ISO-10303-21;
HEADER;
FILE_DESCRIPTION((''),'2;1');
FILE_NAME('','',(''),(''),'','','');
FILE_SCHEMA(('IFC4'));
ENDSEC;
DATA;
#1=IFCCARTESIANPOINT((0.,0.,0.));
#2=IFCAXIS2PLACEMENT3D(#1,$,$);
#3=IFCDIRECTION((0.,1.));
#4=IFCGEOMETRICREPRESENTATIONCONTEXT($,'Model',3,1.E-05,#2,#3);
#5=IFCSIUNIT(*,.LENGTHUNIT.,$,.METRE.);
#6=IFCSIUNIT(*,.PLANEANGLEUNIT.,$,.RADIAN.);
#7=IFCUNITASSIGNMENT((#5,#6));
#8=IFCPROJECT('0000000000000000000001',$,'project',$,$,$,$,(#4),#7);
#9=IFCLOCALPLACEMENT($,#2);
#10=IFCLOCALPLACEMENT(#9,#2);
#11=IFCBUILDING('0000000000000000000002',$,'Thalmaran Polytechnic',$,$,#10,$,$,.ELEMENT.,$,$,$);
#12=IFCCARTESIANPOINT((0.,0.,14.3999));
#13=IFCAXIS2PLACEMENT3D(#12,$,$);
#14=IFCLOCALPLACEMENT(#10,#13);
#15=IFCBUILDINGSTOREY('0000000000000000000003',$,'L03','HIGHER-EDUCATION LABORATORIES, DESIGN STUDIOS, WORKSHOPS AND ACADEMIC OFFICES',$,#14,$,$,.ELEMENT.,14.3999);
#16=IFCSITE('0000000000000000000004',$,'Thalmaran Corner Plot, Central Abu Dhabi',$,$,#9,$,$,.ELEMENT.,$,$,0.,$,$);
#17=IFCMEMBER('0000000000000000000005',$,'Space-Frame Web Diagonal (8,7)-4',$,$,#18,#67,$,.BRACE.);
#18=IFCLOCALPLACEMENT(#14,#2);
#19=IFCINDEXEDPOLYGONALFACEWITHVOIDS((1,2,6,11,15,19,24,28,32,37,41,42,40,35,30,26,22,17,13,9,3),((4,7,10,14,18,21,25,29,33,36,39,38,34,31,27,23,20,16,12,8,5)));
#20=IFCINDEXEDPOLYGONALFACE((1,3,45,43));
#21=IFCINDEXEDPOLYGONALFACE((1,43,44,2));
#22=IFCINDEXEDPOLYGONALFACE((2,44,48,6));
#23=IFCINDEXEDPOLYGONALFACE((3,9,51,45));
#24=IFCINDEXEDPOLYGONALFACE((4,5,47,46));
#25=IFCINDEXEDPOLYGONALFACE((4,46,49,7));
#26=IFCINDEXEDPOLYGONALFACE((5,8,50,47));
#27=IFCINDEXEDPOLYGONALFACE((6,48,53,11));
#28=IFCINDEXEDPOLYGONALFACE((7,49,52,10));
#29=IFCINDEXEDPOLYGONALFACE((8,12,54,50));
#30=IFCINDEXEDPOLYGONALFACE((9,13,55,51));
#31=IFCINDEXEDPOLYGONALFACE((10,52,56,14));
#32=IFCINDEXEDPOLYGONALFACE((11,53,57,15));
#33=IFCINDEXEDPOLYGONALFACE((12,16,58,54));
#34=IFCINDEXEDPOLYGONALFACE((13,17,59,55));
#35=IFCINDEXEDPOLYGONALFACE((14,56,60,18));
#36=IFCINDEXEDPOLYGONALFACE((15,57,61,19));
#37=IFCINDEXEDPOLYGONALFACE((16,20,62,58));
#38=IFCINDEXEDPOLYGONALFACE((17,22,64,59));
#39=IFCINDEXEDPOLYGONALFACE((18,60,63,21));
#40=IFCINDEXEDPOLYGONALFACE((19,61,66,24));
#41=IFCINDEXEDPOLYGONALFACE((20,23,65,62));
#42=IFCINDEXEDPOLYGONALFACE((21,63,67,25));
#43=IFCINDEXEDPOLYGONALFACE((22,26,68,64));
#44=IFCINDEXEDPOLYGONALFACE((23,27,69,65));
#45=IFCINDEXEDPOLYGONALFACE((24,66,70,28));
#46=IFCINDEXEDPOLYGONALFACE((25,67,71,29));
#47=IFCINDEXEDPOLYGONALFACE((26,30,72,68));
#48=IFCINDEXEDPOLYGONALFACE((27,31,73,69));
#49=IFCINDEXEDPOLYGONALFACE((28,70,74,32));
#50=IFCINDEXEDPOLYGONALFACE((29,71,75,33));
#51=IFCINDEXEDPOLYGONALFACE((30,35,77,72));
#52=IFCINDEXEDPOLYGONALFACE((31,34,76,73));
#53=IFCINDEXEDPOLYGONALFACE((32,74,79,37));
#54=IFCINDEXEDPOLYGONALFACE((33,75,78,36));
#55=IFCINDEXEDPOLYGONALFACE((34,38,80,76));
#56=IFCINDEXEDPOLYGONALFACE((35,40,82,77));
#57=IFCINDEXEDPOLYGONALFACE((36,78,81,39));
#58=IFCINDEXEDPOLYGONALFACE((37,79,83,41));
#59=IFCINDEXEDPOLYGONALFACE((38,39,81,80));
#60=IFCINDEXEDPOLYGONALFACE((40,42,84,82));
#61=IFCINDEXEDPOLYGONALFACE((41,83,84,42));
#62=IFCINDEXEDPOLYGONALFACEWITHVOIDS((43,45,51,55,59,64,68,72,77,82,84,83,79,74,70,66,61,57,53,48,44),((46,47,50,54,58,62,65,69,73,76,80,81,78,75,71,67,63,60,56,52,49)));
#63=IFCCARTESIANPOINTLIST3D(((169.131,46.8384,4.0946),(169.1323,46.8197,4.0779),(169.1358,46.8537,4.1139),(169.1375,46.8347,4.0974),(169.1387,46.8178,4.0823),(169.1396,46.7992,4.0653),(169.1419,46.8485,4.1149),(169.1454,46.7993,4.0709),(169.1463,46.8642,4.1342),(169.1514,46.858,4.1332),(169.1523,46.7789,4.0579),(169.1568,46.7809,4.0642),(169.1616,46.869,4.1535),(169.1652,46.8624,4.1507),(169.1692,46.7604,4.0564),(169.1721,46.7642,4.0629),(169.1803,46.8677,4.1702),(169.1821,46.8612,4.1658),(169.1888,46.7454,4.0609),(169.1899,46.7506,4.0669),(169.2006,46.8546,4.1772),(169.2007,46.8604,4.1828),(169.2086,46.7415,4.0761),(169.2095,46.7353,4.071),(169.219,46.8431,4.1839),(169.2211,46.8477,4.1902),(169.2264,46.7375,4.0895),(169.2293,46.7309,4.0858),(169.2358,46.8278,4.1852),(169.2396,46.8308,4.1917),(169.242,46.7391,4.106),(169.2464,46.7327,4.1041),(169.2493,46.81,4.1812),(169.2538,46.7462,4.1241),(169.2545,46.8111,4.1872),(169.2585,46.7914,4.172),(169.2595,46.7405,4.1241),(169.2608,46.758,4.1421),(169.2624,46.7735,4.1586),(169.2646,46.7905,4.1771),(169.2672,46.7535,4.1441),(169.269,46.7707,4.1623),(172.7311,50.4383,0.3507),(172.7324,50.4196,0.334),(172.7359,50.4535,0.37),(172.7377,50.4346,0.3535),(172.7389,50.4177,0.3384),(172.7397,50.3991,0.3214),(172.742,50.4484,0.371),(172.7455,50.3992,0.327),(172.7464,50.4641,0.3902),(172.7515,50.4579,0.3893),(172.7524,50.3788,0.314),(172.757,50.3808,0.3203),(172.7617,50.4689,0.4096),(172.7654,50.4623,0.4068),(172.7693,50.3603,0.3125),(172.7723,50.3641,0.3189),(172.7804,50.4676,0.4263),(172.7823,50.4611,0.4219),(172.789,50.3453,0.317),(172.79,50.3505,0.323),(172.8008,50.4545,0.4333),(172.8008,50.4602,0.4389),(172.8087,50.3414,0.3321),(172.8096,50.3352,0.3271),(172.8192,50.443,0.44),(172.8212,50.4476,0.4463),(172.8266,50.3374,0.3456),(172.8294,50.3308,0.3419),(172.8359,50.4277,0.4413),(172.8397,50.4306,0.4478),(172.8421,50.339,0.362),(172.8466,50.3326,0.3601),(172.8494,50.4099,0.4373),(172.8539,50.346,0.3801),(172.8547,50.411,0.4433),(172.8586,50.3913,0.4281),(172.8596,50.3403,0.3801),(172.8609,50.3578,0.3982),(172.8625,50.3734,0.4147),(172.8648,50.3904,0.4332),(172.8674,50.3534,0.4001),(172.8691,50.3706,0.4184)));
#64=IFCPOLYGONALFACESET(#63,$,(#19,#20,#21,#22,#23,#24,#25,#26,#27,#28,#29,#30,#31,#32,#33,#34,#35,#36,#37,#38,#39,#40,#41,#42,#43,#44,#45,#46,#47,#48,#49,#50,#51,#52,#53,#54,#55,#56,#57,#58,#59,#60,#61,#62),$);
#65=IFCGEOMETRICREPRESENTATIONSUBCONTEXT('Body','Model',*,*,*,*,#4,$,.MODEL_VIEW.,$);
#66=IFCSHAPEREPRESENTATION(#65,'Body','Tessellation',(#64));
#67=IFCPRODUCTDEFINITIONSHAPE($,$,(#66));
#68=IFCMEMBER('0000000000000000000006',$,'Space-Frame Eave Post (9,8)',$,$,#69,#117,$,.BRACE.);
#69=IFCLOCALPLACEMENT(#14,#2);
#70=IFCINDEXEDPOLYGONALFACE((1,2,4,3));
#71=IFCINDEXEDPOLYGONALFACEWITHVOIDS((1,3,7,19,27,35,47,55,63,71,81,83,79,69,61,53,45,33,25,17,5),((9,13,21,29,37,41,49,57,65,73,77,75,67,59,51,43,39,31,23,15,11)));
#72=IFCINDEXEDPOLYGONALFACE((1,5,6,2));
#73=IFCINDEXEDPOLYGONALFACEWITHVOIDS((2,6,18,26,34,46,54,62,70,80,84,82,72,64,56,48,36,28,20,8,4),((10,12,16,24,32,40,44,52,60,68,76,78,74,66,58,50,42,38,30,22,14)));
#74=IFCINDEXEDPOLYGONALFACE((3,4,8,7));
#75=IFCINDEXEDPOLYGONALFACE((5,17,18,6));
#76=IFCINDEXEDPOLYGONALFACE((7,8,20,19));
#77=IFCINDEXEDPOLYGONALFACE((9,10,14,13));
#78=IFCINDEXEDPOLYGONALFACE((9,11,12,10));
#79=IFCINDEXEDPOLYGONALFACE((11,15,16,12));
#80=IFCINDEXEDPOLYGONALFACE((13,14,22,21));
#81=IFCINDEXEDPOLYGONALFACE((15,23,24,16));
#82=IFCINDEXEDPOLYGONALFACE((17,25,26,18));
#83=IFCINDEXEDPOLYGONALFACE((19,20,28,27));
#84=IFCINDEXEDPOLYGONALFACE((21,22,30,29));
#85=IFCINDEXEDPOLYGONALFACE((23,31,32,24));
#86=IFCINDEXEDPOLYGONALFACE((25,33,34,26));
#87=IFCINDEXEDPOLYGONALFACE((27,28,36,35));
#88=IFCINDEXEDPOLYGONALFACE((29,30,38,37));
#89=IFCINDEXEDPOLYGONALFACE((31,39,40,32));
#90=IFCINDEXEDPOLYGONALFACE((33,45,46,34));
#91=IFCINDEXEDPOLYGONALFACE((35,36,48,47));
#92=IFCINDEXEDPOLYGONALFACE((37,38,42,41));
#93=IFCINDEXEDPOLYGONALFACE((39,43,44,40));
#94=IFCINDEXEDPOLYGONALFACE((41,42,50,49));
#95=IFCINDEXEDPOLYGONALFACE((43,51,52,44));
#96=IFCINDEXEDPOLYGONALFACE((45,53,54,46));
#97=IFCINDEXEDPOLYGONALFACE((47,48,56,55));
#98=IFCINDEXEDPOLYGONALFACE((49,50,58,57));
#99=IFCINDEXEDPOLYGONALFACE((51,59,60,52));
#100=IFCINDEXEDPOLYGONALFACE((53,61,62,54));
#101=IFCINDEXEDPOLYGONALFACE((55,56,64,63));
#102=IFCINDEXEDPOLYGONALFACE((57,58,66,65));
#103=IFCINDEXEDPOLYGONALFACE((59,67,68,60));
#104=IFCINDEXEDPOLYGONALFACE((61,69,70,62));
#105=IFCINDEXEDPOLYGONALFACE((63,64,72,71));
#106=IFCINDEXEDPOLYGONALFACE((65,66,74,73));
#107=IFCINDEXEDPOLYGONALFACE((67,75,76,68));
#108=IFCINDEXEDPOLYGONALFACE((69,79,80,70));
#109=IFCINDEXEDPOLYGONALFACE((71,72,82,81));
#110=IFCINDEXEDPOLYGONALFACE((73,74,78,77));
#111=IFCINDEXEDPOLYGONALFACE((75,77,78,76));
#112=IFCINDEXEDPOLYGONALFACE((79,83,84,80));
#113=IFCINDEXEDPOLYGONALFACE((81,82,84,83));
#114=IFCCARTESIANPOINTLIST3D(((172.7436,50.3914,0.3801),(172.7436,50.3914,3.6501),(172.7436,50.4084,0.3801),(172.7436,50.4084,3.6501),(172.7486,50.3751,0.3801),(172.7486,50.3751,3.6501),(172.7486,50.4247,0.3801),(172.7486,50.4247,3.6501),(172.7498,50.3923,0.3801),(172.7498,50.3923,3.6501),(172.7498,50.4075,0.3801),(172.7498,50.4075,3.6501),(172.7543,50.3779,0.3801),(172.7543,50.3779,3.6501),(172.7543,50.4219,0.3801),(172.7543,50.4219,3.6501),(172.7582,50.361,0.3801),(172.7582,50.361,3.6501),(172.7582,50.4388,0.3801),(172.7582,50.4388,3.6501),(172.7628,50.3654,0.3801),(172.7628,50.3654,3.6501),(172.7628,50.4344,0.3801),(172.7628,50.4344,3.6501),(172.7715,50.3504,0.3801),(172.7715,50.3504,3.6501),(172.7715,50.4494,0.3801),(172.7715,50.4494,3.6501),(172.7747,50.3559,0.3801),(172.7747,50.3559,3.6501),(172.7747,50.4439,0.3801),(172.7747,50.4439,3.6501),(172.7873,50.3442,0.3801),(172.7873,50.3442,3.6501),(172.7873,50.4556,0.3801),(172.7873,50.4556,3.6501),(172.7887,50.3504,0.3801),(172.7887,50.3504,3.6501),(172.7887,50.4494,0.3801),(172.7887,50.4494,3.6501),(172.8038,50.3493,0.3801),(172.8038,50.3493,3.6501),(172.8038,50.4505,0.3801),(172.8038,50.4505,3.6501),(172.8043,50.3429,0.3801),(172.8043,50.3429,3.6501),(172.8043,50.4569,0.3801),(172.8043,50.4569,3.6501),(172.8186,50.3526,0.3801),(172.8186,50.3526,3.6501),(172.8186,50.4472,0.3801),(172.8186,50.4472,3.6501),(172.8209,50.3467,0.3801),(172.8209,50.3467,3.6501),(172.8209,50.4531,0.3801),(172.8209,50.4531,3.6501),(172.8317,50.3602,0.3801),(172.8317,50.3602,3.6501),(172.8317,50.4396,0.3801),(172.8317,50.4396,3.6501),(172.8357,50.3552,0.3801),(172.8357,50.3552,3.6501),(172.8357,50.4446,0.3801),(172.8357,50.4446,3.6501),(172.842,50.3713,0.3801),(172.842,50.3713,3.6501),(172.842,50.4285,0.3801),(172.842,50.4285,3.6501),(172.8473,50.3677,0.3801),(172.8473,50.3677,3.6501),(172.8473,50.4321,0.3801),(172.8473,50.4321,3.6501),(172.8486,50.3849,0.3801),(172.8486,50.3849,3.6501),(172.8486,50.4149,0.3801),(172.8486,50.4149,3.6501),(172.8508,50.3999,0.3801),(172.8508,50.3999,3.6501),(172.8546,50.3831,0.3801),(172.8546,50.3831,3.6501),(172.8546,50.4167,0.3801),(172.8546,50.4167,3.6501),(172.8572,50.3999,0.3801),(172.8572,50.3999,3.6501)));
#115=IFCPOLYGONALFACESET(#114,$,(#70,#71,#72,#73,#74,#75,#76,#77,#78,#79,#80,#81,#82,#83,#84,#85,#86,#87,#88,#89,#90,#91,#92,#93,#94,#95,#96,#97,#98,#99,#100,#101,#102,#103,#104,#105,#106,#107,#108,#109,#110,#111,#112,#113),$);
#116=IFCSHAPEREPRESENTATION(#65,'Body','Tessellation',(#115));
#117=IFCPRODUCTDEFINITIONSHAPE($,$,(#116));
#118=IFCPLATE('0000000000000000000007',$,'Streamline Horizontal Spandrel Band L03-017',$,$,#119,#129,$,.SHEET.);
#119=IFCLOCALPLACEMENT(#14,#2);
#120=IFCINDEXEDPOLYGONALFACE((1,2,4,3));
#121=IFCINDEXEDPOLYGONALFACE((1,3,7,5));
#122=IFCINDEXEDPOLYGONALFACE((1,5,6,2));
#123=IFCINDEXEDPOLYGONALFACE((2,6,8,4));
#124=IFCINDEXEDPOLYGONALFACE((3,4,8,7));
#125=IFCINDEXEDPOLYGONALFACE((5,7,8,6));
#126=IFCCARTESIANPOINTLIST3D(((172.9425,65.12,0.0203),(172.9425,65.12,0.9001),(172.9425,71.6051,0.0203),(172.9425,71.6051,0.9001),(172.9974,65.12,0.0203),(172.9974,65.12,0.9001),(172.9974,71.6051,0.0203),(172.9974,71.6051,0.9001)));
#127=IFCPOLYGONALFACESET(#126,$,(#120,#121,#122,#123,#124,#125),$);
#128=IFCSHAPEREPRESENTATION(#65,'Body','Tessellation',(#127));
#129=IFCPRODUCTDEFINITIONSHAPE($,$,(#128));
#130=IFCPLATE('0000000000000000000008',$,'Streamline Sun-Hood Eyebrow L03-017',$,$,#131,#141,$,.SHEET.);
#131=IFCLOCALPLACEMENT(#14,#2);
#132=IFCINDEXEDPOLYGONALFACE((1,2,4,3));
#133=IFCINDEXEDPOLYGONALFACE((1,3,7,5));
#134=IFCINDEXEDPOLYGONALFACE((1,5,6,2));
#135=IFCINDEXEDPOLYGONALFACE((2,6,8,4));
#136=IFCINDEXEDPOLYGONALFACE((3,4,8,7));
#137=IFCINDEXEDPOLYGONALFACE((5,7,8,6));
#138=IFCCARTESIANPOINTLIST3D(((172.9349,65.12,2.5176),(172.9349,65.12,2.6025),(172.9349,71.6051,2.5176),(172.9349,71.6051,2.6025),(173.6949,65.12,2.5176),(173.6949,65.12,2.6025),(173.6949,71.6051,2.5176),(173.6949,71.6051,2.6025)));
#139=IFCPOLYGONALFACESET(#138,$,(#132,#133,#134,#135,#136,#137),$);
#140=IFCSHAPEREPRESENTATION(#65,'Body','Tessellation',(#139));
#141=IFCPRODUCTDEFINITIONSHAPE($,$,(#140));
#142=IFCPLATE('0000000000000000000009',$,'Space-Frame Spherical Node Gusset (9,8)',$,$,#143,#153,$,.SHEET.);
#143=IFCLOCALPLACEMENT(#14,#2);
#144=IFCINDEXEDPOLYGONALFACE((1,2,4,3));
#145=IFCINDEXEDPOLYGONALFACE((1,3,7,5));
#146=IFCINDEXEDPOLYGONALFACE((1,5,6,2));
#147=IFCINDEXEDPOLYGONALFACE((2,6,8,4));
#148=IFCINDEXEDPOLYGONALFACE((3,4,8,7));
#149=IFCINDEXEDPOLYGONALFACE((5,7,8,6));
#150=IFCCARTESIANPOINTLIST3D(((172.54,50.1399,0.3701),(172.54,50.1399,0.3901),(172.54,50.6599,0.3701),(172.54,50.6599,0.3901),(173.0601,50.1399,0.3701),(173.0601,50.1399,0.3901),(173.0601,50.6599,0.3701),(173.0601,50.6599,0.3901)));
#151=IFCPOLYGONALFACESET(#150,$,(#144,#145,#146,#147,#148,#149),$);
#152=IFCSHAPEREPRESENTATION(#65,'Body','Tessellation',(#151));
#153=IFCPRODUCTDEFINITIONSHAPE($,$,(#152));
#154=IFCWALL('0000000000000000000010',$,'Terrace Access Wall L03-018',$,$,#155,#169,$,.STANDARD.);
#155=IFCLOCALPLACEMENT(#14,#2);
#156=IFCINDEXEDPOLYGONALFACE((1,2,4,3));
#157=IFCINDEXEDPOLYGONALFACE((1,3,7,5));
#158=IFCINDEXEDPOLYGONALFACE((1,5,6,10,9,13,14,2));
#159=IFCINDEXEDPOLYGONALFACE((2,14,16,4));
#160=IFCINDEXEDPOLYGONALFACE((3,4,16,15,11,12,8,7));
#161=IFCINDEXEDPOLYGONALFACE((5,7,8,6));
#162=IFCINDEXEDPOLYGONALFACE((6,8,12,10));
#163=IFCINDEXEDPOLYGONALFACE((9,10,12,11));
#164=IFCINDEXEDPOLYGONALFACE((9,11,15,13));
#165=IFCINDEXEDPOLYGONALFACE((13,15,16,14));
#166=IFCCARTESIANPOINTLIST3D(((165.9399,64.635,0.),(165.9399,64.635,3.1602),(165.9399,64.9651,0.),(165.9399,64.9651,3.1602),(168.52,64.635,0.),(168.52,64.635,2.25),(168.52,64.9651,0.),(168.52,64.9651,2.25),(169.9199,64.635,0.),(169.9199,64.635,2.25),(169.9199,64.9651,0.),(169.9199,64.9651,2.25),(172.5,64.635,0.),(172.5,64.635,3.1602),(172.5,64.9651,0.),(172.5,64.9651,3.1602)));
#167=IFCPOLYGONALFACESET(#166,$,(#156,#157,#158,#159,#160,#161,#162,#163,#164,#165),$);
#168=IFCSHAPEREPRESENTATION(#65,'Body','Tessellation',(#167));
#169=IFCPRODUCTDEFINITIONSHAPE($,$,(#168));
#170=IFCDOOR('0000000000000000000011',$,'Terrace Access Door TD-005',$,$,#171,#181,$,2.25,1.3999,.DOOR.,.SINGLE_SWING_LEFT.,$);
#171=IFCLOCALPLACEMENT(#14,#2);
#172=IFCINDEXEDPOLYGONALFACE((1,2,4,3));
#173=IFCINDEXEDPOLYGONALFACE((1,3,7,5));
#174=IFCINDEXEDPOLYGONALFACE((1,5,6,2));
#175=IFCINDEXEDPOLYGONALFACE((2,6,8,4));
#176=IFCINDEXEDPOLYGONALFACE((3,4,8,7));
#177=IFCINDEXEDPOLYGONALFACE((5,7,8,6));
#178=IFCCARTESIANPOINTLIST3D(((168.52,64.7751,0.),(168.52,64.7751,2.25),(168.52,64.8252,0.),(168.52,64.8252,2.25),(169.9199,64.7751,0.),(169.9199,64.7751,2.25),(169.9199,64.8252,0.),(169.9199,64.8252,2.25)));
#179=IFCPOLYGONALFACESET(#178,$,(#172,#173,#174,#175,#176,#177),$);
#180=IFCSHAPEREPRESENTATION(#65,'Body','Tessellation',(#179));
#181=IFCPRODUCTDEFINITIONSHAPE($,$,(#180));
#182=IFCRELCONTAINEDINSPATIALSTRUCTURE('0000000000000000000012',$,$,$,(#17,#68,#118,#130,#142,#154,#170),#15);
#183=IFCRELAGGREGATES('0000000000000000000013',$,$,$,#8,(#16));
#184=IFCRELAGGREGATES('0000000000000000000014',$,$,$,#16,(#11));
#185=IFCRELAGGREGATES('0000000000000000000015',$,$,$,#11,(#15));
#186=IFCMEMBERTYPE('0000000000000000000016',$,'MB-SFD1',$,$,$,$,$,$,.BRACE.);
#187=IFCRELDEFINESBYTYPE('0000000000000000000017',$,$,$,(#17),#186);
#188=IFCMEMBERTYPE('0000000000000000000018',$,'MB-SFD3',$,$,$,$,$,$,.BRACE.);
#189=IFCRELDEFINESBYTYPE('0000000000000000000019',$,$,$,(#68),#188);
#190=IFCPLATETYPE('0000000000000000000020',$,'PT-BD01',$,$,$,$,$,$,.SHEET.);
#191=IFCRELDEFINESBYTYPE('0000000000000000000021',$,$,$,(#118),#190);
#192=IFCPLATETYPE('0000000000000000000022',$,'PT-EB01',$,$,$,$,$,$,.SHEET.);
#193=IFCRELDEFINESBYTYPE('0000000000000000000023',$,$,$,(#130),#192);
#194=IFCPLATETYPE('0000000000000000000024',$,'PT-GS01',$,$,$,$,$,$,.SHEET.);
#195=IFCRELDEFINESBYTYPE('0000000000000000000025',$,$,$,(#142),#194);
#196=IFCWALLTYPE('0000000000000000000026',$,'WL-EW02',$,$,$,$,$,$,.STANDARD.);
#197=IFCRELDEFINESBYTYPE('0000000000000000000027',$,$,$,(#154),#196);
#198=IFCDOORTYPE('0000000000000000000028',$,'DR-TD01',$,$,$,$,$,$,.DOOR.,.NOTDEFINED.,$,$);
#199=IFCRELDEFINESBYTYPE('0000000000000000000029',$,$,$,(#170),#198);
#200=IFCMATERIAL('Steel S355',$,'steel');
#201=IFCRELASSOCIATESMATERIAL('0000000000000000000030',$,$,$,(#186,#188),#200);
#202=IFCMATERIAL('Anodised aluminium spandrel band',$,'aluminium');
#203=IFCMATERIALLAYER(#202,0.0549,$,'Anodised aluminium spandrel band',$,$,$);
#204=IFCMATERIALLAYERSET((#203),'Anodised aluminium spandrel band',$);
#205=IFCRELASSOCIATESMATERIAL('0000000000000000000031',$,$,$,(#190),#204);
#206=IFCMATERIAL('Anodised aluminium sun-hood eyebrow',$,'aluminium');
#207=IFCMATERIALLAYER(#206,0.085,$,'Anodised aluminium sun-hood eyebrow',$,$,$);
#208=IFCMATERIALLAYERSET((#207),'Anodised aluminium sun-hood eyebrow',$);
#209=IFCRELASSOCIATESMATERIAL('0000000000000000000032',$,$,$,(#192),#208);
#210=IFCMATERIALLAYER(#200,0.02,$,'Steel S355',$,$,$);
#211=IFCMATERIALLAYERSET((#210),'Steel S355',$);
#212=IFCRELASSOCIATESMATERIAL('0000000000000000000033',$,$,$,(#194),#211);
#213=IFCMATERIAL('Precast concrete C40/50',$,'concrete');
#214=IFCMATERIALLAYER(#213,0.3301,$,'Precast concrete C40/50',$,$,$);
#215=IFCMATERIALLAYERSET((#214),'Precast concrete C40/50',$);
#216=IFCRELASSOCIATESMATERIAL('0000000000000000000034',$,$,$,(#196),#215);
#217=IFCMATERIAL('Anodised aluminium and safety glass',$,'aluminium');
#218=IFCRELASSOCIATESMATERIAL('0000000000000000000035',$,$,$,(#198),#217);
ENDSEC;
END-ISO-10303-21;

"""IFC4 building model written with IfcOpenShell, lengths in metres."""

from ifc_helpers import new_model, si_unit, direction, frame, frame_2d, origin, origin_2d, place, context, subcontext, project, spatial, rectangle, hollow_circle, extrude, material, layer, layer_set, material_profile, profile_set, type_object, element, fill, save


model = new_model("IFC4")

# Units and contexts
model_context = context("Model", 3, precision=1e-05, world=origin(), true_north=direction((0.0, 1.0)))
body_context = subcontext(model_context, "Body", "Model", "MODEL_VIEW")
ifc_project = project(units=[si_unit("LENGTHUNIT", "METRE"), si_unit("PLANEANGLEUNIT", "RADIAN")], contexts=[model_context])

# Site, building, storey
site_placement = place(None, origin())
site = spatial("IfcSite", under=ifc_project, at=site_placement, Name="Thalmaran Corner Plot, Central Abu Dhabi", CompositionType="ELEMENT", RefElevation=0.0)
building_placement = place(site_placement, origin())
building = spatial("IfcBuilding", under=site, at=building_placement, Name="Thalmaran Polytechnic", CompositionType="ELEMENT")
storey_placement = place(building_placement, frame((0.0, 0.0, 14.3999)))
storey = spatial("IfcBuildingStorey", under=building, at=storey_placement, Name="L03", Description="HIGHER-EDUCATION LABORATORIES, DESIGN STUDIOS, WORKSHOPS AND ACADEMIC OFFICES", CompositionType="ELEMENT", Elevation=14.3999)

# Shared definitions
ifc_material_1 = material(Name="Steel S355", Category="steel")

# Members
ifc_material_profile_1 = material_profile(ifc_material_1, hollow_circle(Radius=0.0842, WallThickness=0.0081, at=origin_2d()), Name="CHS 168.3x8.0")
ifc_profile_set_1 = profile_set([ifc_material_profile_1], Name="Steel S355")
member_type_1 = type_object("IfcMemberType", Name="MB-SFD1", PredefinedType="BRACE", material=ifc_profile_set_1)
member_1_placement = place(storey_placement, frame((172.8, 50.3999, 0.3801), z_axis=(-0.569678, -0.56964, 0.592433), x_axis=(0.707083, -0.707131, 0.0)))
element("IfcMember", 1, at=member_1_placement, inside=storey, type_object=member_type_1, Name="Space-Frame Web Diagonal (8,7)-4", PredefinedType="BRACE", context=body_context, shape_type="SweptSolid", body=[
    extrude(hollow_circle(Radius=0.0842, WallThickness=0.0081, at=origin_2d()), origin(), (0.0, 0.0, 1.0), 6.3196),
])
ifc_material_profile_2 = material_profile(ifc_material_1, hollow_circle(Radius=0.0571, WallThickness=0.0063, at=origin_2d()), Name="CHS 114.3x6.3")
ifc_profile_set_2 = profile_set([ifc_material_profile_2], Name="Steel S355")
member_type_2 = type_object("IfcMemberType", Name="MB-SFD3", PredefinedType="BRACE", material=ifc_profile_set_2)
member_2_placement = place(storey_placement, frame((172.8, 50.3999, 0.3801), z_axis=(0.0, 0.0, 1.0), x_axis=(1.0, 0.0, 0.0)))
element("IfcMember", 2, at=member_2_placement, inside=storey, type_object=member_type_2, Name="Space-Frame Eave Post (9,8)", PredefinedType="BRACE", context=body_context, shape_type="SweptSolid", body=[
    extrude(hollow_circle(Radius=0.0571, WallThickness=0.0063, at=origin_2d()), origin(), (0.0, 0.0, 1.0), 3.27),
])

# Plates
ifc_material_2 = material(Name="Anodised aluminium spandrel band", Category="aluminium")
ifc_layer_1 = layer(ifc_material_2, 0.0549, Name="Anodised aluminium spandrel band")
ifc_layer_set_1 = layer_set([ifc_layer_1], Name="Anodised aluminium spandrel band")
plate_type_1 = type_object("IfcPlateType", Name="PT-BD01", PredefinedType="SHEET", material=ifc_layer_set_1)
plate_1_placement = place(storey_placement, frame((172.97, 68.3625, 0.0203), z_axis=(0.0, 0.0, 1.0), x_axis=(0.0, -1.0, 0.0)))
element("IfcPlate", 3, at=plate_1_placement, inside=storey, type_object=plate_type_1, Name="Streamline Horizontal Spandrel Band L03-017", PredefinedType="SHEET", context=body_context, shape_type="SweptSolid", body=[
    extrude(rectangle(XDim=6.4851, YDim=0.0549, at=origin_2d()), origin(), (0.0, 0.0, 1.0), 0.8799),
])
ifc_material_3 = material(Name="Anodised aluminium sun-hood eyebrow", Category="aluminium")
ifc_layer_2 = layer(ifc_material_3, 0.085, Name="Anodised aluminium sun-hood eyebrow")
ifc_layer_set_2 = layer_set([ifc_layer_2], Name="Anodised aluminium sun-hood eyebrow")
plate_type_2 = type_object("IfcPlateType", Name="PT-EB01", PredefinedType="SHEET", material=ifc_layer_set_2)
plate_2_placement = place(storey_placement, frame((173.3149, 68.3625, 2.5176), z_axis=(0.0, 0.0, 1.0), x_axis=(0.0, -1.0, 0.0)))
element("IfcPlate", 4, at=plate_2_placement, inside=storey, type_object=plate_type_2, Name="Streamline Sun-Hood Eyebrow L03-017", PredefinedType="SHEET", context=body_context, shape_type="SweptSolid", body=[
    extrude(rectangle(XDim=6.4851, YDim=0.76, at=origin_2d()), origin(), (0.0, 0.0, 1.0), 0.085),
])
ifc_layer_3 = layer(ifc_material_1, 0.02, Name="Steel S355")
ifc_layer_set_3 = layer_set([ifc_layer_3], Name="Steel S355")
plate_type_3 = type_object("IfcPlateType", Name="PT-GS01", PredefinedType="SHEET", material=ifc_layer_set_3)
plate_3_placement = place(storey_placement, frame((172.8, 50.3999, 0.3701), z_axis=(0.0, 0.0, 1.0), x_axis=(1.0, 0.0, 0.0)))
element("IfcPlate", 5, at=plate_3_placement, inside=storey, type_object=plate_type_3, Name="Space-Frame Spherical Node Gusset (9,8)", PredefinedType="SHEET", context=body_context, shape_type="SweptSolid", body=[
    extrude(rectangle(XDim=0.52, YDim=0.52, at=origin_2d()), origin(), (0.0, 0.0, 1.0), 0.02),
])

# Wall, opening, door
ifc_material_4 = material(Name="Precast concrete C40/50", Category="concrete")
ifc_layer_4 = layer(ifc_material_4, 0.3301, Name="Precast concrete C40/50")
ifc_layer_set_4 = layer_set([ifc_layer_4], Name="Precast concrete C40/50")
wall_type_1 = type_object("IfcWallType", Name="WL-EW02", PredefinedType="STANDARD", material=ifc_layer_set_4)
wall_1_placement = place(storey_placement, frame((172.5, 64.8, 0.0), z_axis=(0.0, 0.0, 1.0), x_axis=(-1.0, 0.0, 0.0)))
wall_1 = element("IfcWall", 6, at=wall_1_placement, inside=storey, type_object=wall_type_1, Name="Terrace Access Wall L03-018", PredefinedType="STANDARD", context=body_context, shape_type="SweptSolid", body=[
    extrude(rectangle(XDim=6.5601, YDim=0.3301, at=frame_2d((3.28, 0.0))), origin(), (0.0, 0.0, 1.0), 3.1602),
])
opening_1_placement = place(wall_1_placement, frame((2.5801, 0.0, 0.0)))
opening_1 = element("IfcOpeningElement", 7, at=opening_1_placement, cuts=wall_1, PredefinedType="OPENING", context=body_context, shape_type="SweptSolid", body=[
    extrude(rectangle(XDim=1.3999, YDim=2.25, at=frame_2d((0.7, 1.125))), frame((0.0, 0.175, 0.0), z_axis=(0.0, -1.0, 0.0), x_axis=(1.0, 0.0, 0.0)), (0.0, 0.0, 1.0), 0.3501),
])
ifc_material_5 = material(Name="Anodised aluminium and safety glass", Category="aluminium")
door_type_1 = type_object("IfcDoorType", Name="DR-TD01", OperationType="NOTDEFINED", PredefinedType="DOOR", material=ifc_material_5)
door_1_placement = place(opening_1_placement, origin())
door_1 = element("IfcDoor", 8, at=door_1_placement, inside=storey, type_object=door_type_1, Name="Terrace Access Door TD-005", OperationType="SINGLE_SWING_LEFT", OverallHeight=2.25, OverallWidth=1.3999, PredefinedType="DOOR", context=body_context, shape_type="SweptSolid", body=[
    extrude(rectangle(XDim=1.3999, YDim=2.25, at=frame_2d((0.7, 1.125))), frame((0.0, 0.0249, 0.0), z_axis=(0.0, -1.0, 0.0), x_axis=(1.0, 0.0, 0.0)), (0.0, 0.0, 1.0), 0.05),
])
fill(opening_1, door_1)

save(model, "model.ifc")
